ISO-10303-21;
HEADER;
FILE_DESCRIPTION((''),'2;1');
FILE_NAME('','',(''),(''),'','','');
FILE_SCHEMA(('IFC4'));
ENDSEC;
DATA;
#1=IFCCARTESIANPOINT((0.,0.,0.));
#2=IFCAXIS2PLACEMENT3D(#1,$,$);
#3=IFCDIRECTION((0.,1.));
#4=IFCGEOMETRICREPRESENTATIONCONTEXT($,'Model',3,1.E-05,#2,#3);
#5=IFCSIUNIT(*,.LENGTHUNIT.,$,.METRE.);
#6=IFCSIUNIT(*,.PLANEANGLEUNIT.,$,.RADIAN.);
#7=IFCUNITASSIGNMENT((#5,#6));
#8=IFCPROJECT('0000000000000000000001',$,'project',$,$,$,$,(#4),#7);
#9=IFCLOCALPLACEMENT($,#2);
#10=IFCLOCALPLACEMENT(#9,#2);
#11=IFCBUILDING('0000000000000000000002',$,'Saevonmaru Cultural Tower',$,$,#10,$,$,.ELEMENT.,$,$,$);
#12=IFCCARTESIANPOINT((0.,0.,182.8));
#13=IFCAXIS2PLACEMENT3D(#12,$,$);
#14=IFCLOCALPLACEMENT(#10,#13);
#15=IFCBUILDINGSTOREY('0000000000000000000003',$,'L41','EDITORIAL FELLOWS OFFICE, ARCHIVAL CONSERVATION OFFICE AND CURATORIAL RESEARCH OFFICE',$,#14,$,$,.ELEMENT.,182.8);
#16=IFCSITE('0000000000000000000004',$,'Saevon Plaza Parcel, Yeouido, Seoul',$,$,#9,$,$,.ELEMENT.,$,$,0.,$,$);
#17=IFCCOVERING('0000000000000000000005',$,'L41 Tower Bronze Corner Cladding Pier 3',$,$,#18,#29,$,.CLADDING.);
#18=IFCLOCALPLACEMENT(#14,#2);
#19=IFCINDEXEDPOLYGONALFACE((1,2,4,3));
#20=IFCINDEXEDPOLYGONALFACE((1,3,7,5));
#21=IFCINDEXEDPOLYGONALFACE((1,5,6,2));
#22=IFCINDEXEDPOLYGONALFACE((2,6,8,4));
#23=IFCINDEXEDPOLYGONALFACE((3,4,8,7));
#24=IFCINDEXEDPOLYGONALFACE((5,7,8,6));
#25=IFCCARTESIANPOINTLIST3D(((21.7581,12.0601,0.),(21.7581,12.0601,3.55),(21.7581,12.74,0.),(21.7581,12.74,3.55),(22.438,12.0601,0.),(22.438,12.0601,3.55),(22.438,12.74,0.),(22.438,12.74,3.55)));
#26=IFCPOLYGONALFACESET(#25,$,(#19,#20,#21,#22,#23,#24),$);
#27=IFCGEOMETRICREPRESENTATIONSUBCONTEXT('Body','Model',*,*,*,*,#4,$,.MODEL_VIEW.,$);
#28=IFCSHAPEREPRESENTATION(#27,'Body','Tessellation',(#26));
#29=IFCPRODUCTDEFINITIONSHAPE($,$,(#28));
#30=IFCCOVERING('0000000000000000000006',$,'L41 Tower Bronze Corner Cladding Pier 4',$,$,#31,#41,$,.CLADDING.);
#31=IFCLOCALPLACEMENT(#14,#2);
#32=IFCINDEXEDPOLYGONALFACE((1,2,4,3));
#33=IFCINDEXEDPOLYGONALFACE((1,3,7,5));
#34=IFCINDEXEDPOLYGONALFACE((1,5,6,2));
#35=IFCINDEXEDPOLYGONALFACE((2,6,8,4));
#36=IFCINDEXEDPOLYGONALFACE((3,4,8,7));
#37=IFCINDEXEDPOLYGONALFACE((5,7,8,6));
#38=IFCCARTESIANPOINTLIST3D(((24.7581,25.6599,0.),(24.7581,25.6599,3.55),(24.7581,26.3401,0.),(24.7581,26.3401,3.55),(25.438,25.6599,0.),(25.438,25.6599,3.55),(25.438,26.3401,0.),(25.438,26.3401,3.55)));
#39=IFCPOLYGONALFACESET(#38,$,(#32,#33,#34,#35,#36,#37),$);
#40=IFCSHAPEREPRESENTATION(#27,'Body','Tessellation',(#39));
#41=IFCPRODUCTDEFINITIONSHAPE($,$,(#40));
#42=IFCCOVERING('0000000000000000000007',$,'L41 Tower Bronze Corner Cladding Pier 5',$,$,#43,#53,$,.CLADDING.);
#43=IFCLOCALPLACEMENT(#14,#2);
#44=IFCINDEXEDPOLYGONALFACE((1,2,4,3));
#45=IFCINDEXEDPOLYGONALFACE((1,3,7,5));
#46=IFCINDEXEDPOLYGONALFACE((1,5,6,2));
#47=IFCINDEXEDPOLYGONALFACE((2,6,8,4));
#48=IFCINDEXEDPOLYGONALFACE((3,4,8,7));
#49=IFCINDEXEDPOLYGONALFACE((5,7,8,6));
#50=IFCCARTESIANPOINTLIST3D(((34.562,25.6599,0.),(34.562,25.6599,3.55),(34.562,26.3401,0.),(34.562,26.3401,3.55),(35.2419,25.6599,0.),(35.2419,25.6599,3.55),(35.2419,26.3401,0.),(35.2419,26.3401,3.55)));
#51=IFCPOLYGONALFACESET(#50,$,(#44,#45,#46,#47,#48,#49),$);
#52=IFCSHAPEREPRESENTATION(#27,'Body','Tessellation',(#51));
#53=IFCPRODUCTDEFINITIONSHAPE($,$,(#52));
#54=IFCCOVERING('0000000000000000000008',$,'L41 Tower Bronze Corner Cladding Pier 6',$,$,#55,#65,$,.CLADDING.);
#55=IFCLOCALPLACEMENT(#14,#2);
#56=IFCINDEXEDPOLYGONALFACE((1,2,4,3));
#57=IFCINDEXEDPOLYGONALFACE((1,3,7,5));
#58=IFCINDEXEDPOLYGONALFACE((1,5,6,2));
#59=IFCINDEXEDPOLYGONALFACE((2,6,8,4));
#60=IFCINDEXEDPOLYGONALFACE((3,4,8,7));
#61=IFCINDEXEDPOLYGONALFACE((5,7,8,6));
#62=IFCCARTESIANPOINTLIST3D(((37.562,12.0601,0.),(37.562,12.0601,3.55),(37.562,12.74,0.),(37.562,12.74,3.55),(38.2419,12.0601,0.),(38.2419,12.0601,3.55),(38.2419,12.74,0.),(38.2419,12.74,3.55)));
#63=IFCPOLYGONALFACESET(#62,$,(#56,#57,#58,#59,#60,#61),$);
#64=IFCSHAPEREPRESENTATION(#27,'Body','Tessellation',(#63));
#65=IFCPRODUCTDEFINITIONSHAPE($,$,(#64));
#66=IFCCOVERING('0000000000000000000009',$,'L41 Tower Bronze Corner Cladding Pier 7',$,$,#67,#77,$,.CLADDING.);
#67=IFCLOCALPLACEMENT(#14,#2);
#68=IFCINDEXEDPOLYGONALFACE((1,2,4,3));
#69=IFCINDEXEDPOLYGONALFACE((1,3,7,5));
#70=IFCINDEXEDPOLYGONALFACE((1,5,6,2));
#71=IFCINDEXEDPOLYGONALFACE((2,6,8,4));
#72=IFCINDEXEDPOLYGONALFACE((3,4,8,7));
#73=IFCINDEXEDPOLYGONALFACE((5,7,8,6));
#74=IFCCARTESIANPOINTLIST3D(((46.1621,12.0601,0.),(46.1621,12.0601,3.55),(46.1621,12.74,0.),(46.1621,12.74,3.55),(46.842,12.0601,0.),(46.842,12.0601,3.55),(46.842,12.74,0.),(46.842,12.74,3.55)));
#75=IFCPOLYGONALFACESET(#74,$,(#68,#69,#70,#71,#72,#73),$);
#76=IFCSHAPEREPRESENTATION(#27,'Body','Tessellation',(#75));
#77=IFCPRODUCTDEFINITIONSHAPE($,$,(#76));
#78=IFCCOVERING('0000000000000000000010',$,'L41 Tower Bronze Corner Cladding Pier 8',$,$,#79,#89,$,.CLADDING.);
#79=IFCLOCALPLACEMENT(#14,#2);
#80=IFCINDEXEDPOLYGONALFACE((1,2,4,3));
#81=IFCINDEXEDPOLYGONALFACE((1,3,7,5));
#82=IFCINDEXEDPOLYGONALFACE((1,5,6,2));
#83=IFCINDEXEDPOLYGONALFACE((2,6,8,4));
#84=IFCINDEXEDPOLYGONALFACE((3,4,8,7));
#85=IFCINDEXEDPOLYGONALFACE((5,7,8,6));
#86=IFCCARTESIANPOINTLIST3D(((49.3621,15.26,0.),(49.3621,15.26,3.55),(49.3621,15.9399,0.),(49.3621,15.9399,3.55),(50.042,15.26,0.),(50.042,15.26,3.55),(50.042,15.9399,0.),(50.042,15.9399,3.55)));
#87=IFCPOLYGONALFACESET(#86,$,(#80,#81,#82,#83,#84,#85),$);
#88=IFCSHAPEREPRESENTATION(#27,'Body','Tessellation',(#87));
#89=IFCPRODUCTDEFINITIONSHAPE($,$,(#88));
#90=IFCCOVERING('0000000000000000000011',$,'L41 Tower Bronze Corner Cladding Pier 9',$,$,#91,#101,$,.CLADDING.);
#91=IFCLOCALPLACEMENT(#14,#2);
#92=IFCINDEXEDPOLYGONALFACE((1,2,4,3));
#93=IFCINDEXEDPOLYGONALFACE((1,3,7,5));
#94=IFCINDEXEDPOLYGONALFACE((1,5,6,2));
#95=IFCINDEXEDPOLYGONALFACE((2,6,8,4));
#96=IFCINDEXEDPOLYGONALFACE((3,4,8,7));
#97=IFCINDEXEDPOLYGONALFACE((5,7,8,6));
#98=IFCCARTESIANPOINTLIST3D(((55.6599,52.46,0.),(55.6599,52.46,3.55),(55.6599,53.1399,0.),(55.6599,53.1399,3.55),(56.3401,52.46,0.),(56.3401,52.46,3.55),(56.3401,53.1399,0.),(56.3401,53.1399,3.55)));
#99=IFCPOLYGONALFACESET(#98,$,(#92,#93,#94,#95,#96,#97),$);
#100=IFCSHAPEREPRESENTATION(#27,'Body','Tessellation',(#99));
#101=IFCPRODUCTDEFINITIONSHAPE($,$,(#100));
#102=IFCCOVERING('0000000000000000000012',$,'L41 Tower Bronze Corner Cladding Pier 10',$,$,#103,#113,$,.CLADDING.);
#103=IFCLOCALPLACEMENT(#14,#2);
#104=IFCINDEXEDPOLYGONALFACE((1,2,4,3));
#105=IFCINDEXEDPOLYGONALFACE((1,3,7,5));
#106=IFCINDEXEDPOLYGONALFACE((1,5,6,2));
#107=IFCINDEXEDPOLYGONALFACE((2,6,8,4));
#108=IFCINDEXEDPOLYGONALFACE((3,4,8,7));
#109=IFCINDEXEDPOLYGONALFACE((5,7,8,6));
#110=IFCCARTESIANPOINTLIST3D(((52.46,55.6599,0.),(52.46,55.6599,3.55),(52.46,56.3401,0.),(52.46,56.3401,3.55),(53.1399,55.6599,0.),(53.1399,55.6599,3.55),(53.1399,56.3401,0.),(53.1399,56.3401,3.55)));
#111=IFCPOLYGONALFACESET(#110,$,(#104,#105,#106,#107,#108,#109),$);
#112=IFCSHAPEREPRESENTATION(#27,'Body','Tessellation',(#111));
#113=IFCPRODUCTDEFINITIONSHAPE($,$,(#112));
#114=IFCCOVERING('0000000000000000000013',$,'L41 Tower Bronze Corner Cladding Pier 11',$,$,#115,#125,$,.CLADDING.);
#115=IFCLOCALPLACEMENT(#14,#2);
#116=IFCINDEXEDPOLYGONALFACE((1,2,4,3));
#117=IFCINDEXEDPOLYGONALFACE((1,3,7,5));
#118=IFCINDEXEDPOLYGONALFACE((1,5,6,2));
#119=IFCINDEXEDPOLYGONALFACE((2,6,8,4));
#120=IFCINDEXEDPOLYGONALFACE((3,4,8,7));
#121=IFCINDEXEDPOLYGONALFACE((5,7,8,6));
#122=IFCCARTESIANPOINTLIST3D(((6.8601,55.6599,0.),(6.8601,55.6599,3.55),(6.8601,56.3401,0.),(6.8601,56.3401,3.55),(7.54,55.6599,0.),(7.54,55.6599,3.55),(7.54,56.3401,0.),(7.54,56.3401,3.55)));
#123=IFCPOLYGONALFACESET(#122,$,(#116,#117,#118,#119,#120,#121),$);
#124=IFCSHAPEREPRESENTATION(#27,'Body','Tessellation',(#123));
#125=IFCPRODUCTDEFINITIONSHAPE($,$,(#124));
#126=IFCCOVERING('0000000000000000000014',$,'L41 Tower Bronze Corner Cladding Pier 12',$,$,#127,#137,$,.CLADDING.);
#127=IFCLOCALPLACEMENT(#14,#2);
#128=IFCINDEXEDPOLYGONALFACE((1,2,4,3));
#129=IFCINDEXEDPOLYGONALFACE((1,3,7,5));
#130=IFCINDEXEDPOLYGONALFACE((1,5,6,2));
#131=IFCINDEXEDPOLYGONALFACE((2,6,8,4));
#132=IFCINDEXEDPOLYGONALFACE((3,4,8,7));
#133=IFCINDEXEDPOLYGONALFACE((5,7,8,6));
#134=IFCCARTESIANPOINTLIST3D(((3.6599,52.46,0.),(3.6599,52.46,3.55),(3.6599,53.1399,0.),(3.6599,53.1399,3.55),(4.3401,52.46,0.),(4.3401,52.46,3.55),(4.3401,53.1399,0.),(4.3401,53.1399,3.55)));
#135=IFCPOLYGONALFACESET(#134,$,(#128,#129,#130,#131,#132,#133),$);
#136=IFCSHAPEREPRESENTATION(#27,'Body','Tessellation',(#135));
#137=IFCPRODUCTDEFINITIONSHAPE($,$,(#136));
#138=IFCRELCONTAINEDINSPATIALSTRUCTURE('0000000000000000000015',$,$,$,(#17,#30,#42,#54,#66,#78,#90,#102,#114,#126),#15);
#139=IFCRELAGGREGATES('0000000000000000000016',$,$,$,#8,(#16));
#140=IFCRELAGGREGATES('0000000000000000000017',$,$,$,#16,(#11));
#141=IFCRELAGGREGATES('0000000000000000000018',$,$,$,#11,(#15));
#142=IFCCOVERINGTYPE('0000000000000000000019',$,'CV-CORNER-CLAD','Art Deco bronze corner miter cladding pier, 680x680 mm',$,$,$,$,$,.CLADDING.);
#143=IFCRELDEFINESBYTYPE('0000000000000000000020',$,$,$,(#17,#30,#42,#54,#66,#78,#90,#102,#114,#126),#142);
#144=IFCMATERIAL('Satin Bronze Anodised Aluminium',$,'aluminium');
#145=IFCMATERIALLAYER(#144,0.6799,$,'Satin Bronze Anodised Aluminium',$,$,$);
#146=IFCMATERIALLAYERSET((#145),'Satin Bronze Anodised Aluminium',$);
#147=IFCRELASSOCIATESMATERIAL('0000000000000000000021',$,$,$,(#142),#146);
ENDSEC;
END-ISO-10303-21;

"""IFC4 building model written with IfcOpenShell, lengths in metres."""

from ifc_helpers import new_model, si_unit, direction, frame, origin, place, context, subcontext, project, spatial, polyline, outline, extrude, material, layer, layer_set, type_object, element, save


model = new_model("IFC4")

# Units and contexts
model_context = context("Model", 3, precision=1e-05, world=origin(), true_north=direction((0.0, 1.0)))
body_context = subcontext(model_context, "Body", "Model", "MODEL_VIEW")
ifc_project = project(units=[si_unit("LENGTHUNIT", "METRE"), si_unit("PLANEANGLEUNIT", "RADIAN")], contexts=[model_context])

# Site, building, storey
site_placement = place(None, origin())
site = spatial("IfcSite", under=ifc_project, at=site_placement, Name="Saevon Plaza Parcel, Yeouido, Seoul", CompositionType="ELEMENT", RefElevation=0.0)
building_placement = place(site_placement, origin())
building = spatial("IfcBuilding", under=site, at=building_placement, Name="Saevonmaru Cultural Tower", CompositionType="ELEMENT")
storey_placement = place(building_placement, frame((0.0, 0.0, 182.8)))
storey = spatial("IfcBuildingStorey", under=building, at=storey_placement, Name="L41", Description="EDITORIAL FELLOWS OFFICE, ARCHIVAL CONSERVATION OFFICE AND CURATORIAL RESEARCH OFFICE", CompositionType="ELEMENT", Elevation=182.8)

# Shared definitions
ifc_material_1 = material(Name="Satin Bronze Anodised Aluminium", Category="aluminium")

# Coverings
ifc_layer_1 = layer(ifc_material_1, 0.6799, Name="Satin Bronze Anodised Aluminium")
ifc_layer_set_1 = layer_set([ifc_layer_1], Name="Satin Bronze Anodised Aluminium")
covering_type = type_object("IfcCoveringType", Name="CV-CORNER-CLAD", Description="Art Deco bronze corner miter cladding pier, 680x680 mm", PredefinedType="CLADDING", material=ifc_layer_set_1)
covering_1_placement = place(storey_placement, origin())
element("IfcCovering", 1, at=covering_1_placement, inside=storey, type_object=covering_type, Name="L41 Tower Bronze Corner Cladding Pier 3", PredefinedType="CLADDING", context=body_context, shape_type="SweptSolid", body=[
    extrude(outline(polyline([(21.7581, 12.0601), (22.438, 12.0601), (22.438, 12.74), (21.7581, 12.74), (21.7581, 12.0601)])), origin(), (0.0, 0.0, 1.0), 3.55),
])
covering_2_placement = place(storey_placement, origin())
element("IfcCovering", 2, at=covering_2_placement, inside=storey, type_object=covering_type, Name="L41 Tower Bronze Corner Cladding Pier 4", PredefinedType="CLADDING", context=body_context, shape_type="SweptSolid", body=[
    extrude(outline(polyline([(24.7581, 25.6599), (25.438, 25.6599), (25.438, 26.3401), (24.7581, 26.3401), (24.7581, 25.6599)])), origin(), (0.0, 0.0, 1.0), 3.55),
])
covering_3_placement = place(storey_placement, origin())
element("IfcCovering", 3, at=covering_3_placement, inside=storey, type_object=covering_type, Name="L41 Tower Bronze Corner Cladding Pier 5", PredefinedType="CLADDING", context=body_context, shape_type="SweptSolid", body=[
    extrude(outline(polyline([(34.562, 25.6599), (35.2419, 25.6599), (35.2419, 26.3401), (34.562, 26.3401), (34.562, 25.6599)])), origin(), (0.0, 0.0, 1.0), 3.55),
])
covering_4_placement = place(storey_placement, origin())
element("IfcCovering", 4, at=covering_4_placement, inside=storey, type_object=covering_type, Name="L41 Tower Bronze Corner Cladding Pier 6", PredefinedType="CLADDING", context=body_context, shape_type="SweptSolid", body=[
    extrude(outline(polyline([(37.562, 12.0601), (38.2419, 12.0601), (38.2419, 12.74), (37.562, 12.74), (37.562, 12.0601)])), origin(), (0.0, 0.0, 1.0), 3.55),
])
covering_5_placement = place(storey_placement, origin())
element("IfcCovering", 5, at=covering_5_placement, inside=storey, type_object=covering_type, Name="L41 Tower Bronze Corner Cladding Pier 7", PredefinedType="CLADDING", context=body_context, shape_type="SweptSolid", body=[
    extrude(outline(polyline([(46.1621, 12.0601), (46.842, 12.0601), (46.842, 12.74), (46.1621, 12.74), (46.1621, 12.0601)])), origin(), (0.0, 0.0, 1.0), 3.55),
])
covering_6_placement = place(storey_placement, origin())
element("IfcCovering", 6, at=covering_6_placement, inside=storey, type_object=covering_type, Name="L41 Tower Bronze Corner Cladding Pier 8", PredefinedType="CLADDING", context=body_context, shape_type="SweptSolid", body=[
    extrude(outline(polyline([(49.3621, 15.26), (50.042, 15.26), (50.042, 15.9399), (49.3621, 15.9399), (49.3621, 15.26)])), origin(), (0.0, 0.0, 1.0), 3.55),
])
covering_7_placement = place(storey_placement, origin())
element("IfcCovering", 7, at=covering_7_placement, inside=storey, type_object=covering_type, Name="L41 Tower Bronze Corner Cladding Pier 9", PredefinedType="CLADDING", context=body_context, shape_type="SweptSolid", body=[
    extrude(outline(polyline([(55.6599, 52.46), (56.3401, 52.46), (56.3401, 53.1399), (55.6599, 53.1399), (55.6599, 52.46)])), origin(), (0.0, 0.0, 1.0), 3.55),
])
covering_8_placement = place(storey_placement, origin())
element("IfcCovering", 8, at=covering_8_placement, inside=storey, type_object=covering_type, Name="L41 Tower Bronze Corner Cladding Pier 10", PredefinedType="CLADDING", context=body_context, shape_type="SweptSolid", body=[
    extrude(outline(polyline([(52.46, 55.6599), (53.1399, 55.6599), (53.1399, 56.3401), (52.46, 56.3401), (52.46, 55.6599)])), origin(), (0.0, 0.0, 1.0), 3.55),
])
covering_9_placement = place(storey_placement, origin())
element("IfcCovering", 9, at=covering_9_placement, inside=storey, type_object=covering_type, Name="L41 Tower Bronze Corner Cladding Pier 11", PredefinedType="CLADDING", context=body_context, shape_type="SweptSolid", body=[
    extrude(outline(polyline([(6.8601, 55.6599), (7.54, 55.6599), (7.54, 56.3401), (6.8601, 56.3401), (6.8601, 55.6599)])), origin(), (0.0, 0.0, 1.0), 3.55),
])
covering_10_placement = place(storey_placement, origin())
element("IfcCovering", 10, at=covering_10_placement, inside=storey, type_object=covering_type, Name="L41 Tower Bronze Corner Cladding Pier 12", PredefinedType="CLADDING", context=body_context, shape_type="SweptSolid", body=[
    extrude(outline(polyline([(3.6599, 52.46), (4.3401, 52.46), (4.3401, 53.1399), (3.6599, 53.1399), (3.6599, 52.46)])), origin(), (0.0, 0.0, 1.0), 3.55),
])

save(model, "model.ifc")
